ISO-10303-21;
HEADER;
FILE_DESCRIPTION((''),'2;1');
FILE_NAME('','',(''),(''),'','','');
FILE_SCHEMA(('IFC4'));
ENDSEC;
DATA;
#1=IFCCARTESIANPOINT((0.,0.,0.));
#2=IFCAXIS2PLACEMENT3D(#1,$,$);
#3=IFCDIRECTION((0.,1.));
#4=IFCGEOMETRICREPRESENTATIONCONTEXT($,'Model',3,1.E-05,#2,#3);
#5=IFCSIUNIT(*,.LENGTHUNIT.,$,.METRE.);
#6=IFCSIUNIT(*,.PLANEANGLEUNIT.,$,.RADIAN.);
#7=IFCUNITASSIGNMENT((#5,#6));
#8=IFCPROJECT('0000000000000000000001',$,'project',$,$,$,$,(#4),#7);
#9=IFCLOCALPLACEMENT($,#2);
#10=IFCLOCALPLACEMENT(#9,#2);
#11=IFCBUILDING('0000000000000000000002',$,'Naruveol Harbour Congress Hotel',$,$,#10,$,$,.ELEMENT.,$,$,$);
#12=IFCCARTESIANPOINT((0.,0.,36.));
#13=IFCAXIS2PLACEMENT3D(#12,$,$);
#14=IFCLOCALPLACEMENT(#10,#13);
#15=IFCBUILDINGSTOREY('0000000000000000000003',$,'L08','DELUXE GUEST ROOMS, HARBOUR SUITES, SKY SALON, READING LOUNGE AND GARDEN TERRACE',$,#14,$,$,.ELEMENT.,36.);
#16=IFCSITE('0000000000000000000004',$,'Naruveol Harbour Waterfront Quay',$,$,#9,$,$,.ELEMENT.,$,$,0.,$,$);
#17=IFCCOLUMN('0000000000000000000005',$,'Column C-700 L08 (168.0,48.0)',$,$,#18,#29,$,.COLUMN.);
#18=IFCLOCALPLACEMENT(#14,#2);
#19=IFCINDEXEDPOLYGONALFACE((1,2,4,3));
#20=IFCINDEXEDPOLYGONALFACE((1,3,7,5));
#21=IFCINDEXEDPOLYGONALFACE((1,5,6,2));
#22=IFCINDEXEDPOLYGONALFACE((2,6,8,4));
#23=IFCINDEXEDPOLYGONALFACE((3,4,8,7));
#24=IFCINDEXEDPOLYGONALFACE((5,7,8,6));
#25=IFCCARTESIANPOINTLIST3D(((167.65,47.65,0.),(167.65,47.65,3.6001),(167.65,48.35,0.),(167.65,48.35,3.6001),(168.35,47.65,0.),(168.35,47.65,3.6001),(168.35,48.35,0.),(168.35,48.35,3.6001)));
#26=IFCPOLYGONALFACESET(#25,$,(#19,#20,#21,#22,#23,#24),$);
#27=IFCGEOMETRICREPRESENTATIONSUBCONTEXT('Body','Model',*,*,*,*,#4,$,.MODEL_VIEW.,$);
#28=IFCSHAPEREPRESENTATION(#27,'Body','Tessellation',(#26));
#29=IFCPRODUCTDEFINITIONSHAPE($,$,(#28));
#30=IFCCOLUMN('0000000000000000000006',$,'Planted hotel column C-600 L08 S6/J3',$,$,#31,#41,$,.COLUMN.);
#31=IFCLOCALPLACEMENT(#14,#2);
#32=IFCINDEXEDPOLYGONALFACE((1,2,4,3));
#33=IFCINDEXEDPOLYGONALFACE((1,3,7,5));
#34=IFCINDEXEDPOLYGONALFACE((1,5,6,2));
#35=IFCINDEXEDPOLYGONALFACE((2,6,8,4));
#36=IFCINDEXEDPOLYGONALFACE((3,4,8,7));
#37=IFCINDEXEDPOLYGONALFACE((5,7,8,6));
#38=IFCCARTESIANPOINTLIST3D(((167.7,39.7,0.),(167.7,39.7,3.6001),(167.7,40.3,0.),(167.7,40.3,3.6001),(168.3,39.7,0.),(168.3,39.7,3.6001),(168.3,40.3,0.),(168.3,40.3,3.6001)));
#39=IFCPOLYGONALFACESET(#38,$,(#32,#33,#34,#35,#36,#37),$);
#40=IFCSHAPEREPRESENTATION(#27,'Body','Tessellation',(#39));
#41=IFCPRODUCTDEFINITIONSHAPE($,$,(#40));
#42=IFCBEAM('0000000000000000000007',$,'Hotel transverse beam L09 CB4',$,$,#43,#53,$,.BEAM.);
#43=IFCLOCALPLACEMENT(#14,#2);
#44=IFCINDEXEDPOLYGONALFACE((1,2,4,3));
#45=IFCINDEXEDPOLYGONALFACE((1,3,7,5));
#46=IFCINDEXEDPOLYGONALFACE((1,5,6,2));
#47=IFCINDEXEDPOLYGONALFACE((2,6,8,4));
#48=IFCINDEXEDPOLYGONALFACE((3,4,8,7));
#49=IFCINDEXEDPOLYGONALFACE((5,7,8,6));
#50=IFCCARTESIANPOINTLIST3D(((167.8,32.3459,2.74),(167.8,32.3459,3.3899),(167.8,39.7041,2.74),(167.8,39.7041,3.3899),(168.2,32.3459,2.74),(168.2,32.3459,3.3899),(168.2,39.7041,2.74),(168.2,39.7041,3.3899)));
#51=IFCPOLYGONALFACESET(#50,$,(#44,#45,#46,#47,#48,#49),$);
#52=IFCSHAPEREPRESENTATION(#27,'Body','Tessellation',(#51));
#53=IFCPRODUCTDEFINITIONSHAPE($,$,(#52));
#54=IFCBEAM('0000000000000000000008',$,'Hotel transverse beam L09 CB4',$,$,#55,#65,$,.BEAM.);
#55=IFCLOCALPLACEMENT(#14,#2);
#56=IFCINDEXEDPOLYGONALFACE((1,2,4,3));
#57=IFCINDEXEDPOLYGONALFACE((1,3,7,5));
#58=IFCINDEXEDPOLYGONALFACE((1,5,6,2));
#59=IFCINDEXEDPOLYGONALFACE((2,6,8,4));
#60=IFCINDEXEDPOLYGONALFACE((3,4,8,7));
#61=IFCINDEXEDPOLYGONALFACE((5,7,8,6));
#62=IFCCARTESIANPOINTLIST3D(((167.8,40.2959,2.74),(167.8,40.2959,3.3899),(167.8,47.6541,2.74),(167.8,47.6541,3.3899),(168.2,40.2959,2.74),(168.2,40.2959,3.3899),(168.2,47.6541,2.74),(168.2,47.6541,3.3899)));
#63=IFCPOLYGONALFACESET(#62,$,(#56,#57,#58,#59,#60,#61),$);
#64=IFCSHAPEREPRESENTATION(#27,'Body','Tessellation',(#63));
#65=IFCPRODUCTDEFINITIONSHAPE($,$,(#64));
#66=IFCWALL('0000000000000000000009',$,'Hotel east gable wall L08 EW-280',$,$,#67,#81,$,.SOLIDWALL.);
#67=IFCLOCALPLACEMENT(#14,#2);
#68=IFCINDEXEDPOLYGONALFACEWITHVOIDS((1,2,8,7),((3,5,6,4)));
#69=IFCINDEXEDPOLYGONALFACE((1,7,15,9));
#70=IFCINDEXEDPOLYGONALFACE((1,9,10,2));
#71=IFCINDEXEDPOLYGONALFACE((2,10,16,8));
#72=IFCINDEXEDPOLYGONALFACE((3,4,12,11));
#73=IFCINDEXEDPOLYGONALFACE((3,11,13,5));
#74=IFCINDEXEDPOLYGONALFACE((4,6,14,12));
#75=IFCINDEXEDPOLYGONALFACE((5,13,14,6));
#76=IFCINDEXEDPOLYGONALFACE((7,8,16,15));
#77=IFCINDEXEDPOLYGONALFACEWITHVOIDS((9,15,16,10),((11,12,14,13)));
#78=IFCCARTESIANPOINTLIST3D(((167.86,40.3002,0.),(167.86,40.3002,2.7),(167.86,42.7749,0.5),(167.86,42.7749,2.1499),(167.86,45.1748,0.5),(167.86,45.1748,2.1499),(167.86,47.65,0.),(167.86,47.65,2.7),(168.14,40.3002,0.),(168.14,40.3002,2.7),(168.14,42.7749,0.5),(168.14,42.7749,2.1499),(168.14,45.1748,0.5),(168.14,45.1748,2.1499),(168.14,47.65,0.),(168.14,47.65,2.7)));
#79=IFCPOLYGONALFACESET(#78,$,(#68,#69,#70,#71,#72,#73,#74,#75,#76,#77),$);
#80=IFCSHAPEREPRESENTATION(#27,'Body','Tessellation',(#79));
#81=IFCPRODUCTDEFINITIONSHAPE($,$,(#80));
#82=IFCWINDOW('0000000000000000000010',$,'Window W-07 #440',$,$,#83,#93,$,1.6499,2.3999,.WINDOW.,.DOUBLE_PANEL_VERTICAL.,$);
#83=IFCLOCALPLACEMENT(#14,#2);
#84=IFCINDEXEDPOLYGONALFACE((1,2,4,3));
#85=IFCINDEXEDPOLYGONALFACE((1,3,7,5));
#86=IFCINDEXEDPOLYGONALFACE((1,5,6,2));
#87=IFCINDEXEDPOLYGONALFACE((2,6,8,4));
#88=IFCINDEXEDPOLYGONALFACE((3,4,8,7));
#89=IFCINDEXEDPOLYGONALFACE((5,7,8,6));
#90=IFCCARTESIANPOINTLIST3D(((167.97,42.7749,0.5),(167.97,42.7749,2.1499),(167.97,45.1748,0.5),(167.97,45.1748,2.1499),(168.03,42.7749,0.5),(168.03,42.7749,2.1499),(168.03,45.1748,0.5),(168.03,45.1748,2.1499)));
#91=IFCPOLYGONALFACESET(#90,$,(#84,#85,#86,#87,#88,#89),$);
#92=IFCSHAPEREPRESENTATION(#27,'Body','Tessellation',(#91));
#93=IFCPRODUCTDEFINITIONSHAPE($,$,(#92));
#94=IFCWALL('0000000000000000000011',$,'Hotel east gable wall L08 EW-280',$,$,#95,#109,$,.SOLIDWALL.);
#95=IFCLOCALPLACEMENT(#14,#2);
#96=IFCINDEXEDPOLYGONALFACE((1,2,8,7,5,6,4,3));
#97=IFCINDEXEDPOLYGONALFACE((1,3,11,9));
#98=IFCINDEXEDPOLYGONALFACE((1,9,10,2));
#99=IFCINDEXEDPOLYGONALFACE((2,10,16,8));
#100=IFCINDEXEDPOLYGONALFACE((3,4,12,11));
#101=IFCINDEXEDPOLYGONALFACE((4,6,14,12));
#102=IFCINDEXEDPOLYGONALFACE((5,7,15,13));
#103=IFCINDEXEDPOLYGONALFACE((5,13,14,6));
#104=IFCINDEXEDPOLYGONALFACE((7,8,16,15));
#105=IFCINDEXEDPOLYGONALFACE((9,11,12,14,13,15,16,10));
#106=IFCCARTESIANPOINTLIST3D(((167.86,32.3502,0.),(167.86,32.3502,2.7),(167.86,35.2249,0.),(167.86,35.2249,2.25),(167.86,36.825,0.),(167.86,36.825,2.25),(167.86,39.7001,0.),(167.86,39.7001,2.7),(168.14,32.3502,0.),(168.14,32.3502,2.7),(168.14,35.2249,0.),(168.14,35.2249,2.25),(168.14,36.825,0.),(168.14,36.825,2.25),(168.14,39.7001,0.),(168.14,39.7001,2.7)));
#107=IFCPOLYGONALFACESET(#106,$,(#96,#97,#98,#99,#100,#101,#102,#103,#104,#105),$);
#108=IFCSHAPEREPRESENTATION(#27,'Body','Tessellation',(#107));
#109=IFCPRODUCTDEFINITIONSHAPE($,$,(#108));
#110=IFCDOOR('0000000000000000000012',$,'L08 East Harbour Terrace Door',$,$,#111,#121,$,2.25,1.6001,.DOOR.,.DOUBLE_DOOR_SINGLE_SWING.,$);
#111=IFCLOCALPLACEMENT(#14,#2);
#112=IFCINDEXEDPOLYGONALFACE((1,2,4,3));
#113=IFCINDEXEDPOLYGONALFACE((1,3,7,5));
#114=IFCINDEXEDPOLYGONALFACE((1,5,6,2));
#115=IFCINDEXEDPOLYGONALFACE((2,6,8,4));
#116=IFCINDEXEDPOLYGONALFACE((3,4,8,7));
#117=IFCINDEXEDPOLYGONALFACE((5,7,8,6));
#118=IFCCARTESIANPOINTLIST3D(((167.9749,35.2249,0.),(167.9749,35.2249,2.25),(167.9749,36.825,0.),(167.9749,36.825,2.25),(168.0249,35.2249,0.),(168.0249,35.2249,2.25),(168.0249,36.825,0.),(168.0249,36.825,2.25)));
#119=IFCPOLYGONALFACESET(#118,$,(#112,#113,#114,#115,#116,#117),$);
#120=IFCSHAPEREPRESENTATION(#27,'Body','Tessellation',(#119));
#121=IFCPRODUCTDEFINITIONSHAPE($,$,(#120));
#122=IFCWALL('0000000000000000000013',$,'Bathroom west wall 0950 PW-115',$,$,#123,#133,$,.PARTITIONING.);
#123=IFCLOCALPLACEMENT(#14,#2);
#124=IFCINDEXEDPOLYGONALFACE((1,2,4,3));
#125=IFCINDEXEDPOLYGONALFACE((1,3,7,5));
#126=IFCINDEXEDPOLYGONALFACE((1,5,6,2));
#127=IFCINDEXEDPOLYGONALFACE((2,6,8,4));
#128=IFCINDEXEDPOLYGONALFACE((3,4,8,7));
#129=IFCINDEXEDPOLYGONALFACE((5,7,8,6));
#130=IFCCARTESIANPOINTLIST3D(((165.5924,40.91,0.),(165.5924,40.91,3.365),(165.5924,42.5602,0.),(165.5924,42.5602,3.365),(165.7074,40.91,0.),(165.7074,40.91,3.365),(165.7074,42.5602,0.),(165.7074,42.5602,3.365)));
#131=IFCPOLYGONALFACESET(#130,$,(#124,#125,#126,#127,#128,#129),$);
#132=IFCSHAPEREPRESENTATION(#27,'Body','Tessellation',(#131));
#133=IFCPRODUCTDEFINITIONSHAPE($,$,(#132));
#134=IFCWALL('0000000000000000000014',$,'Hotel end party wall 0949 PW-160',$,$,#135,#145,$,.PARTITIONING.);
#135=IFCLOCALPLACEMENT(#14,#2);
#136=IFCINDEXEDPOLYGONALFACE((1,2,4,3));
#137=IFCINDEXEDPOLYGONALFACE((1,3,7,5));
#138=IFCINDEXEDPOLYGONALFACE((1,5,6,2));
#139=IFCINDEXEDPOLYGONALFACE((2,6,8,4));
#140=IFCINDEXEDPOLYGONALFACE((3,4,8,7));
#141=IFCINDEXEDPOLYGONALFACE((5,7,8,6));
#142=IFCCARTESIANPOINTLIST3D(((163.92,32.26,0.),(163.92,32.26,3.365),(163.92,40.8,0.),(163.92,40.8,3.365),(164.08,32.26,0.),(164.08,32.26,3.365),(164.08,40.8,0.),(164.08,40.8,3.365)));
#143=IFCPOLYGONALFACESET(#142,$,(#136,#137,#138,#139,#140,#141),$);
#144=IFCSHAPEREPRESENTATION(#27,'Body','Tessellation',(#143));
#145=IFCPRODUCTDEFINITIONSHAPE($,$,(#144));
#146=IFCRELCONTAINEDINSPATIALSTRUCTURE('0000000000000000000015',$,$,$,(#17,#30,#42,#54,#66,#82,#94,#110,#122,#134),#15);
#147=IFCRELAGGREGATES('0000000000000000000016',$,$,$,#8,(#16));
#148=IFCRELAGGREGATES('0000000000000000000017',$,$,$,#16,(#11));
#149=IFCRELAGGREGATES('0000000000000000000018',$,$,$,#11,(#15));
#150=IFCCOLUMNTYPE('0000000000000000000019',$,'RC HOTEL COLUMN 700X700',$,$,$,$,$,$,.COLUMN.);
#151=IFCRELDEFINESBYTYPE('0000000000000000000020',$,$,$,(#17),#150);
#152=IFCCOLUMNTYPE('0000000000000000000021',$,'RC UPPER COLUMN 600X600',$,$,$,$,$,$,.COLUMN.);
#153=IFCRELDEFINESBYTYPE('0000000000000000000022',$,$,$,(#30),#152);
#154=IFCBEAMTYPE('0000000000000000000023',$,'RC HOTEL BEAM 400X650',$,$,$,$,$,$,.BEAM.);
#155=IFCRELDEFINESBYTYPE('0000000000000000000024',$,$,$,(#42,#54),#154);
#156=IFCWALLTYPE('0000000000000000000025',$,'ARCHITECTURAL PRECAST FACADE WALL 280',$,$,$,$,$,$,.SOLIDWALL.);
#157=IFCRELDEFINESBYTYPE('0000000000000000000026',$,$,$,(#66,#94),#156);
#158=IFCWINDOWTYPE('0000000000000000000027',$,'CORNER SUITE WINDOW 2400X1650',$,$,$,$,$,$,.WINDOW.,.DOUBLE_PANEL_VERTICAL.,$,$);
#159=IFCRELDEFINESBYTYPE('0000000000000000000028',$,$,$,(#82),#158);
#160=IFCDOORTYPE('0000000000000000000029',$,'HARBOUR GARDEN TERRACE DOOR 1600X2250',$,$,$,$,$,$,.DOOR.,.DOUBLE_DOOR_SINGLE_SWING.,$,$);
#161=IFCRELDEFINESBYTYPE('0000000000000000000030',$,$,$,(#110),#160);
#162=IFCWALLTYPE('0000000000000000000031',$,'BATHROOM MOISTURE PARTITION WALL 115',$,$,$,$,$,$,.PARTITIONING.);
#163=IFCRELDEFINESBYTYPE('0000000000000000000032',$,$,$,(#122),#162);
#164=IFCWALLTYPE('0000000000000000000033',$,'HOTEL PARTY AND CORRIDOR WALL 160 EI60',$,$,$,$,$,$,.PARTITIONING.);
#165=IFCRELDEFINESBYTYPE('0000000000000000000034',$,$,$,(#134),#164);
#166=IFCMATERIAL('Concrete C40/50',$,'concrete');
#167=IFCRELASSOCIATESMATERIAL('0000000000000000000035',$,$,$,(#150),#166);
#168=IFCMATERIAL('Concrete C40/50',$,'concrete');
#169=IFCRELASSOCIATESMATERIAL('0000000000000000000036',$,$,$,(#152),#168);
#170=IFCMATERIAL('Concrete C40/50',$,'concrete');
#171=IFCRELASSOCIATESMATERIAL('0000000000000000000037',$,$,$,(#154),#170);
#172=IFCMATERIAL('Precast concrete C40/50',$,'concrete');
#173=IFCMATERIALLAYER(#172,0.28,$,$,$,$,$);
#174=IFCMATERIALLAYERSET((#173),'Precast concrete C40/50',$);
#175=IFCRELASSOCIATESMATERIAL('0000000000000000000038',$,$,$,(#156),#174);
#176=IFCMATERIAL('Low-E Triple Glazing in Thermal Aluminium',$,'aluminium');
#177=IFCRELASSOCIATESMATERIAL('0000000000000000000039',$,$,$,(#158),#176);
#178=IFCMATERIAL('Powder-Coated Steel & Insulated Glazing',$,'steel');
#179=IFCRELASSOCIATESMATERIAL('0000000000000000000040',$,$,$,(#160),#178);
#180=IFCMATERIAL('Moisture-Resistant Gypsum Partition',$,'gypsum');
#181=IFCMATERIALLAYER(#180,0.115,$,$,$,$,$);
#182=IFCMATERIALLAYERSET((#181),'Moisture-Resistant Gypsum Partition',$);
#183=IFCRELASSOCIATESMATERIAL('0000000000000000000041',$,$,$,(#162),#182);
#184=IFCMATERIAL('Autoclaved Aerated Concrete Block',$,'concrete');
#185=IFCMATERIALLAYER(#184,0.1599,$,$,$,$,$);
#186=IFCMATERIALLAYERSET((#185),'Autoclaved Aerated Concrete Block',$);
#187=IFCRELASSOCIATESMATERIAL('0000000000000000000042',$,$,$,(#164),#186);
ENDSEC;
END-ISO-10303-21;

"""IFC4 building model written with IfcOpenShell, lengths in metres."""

from ifc_helpers import new_model, si_unit, direction, frame, frame_2d, origin, origin_2d, place, context, subcontext, project, spatial, rectangle, extrude, material, layer, layer_set, material_profile, profile_set, type_object, element, fill, save


model = new_model("IFC4")

# Units and contexts
model_context = context("Model", 3, precision=1e-05, world=origin(), true_north=direction((0.0, 1.0)))
body_context = subcontext(model_context, "Body", "Model", "MODEL_VIEW")
ifc_project = project(units=[si_unit("LENGTHUNIT", "METRE"), si_unit("PLANEANGLEUNIT", "RADIAN")], contexts=[model_context])

# Site, building, storey
site_placement = place(None, origin())
site = spatial("IfcSite", under=ifc_project, at=site_placement, Name="Naruveol Harbour Waterfront Quay", CompositionType="ELEMENT", RefElevation=0.0)
building_placement = place(site_placement, origin())
building = spatial("IfcBuilding", under=site, at=building_placement, Name="Naruveol Harbour Congress Hotel", CompositionType="ELEMENT")
storey_placement = place(building_placement, frame((0.0, 0.0, 36.0)))
storey = spatial("IfcBuildingStorey", under=building, at=storey_placement, Name="L08", Description="DELUXE GUEST ROOMS, HARBOUR SUITES, SKY SALON, READING LOUNGE AND GARDEN TERRACE", CompositionType="ELEMENT", Elevation=36.0)

# Columns
ifc_material_1 = material(Name="Concrete C40/50", Category="concrete")
ifc_material_profile_1 = material_profile(ifc_material_1, rectangle(XDim=0.7, YDim=0.7, at=origin_2d()), Name="RC-700x700")
ifc_profile_set_1 = profile_set([ifc_material_profile_1], Name="Concrete C40/50")
column_type_1 = type_object("IfcColumnType", Name="RC HOTEL COLUMN 700X700", PredefinedType="COLUMN", material=ifc_profile_set_1)
column_1_placement = place(storey_placement, frame((168.0, 48.0, 0.0), z_axis=(0.0, 0.0, 1.0), x_axis=(1.0, 0.0, 0.0)))
element("IfcColumn", 1, at=column_1_placement, inside=storey, type_object=column_type_1, Name="Column C-700 L08 (168.0,48.0)", PredefinedType="COLUMN", context=body_context, shape_type="SweptSolid", body=[
    extrude(rectangle(XDim=0.7, YDim=0.7, at=origin_2d()), origin(), (0.0, 0.0, 1.0), 3.6001),
])
ifc_material_2 = material(Name="Concrete C40/50", Category="concrete")
ifc_material_profile_2 = material_profile(ifc_material_2, rectangle(XDim=0.6001, YDim=0.6001, at=origin_2d()), Name="RC-600x600")
ifc_profile_set_2 = profile_set([ifc_material_profile_2], Name="Concrete C40/50")
column_type_2 = type_object("IfcColumnType", Name="RC UPPER COLUMN 600X600", PredefinedType="COLUMN", material=ifc_profile_set_2)
column_2_placement = place(storey_placement, frame((168.0, 40.0, 0.0), z_axis=(0.0, 0.0, 1.0), x_axis=(1.0, 0.0, 0.0)))
element("IfcColumn", 2, at=column_2_placement, inside=storey, type_object=column_type_2, Name="Planted hotel column C-600 L08 S6/J3", PredefinedType="COLUMN", context=body_context, shape_type="SweptSolid", body=[
    extrude(rectangle(XDim=0.6001, YDim=0.6001, at=origin_2d()), origin(), (0.0, 0.0, 1.0), 3.6001),
])

# Beams
ifc_material_3 = material(Name="Concrete C40/50", Category="concrete")
ifc_material_profile_3 = material_profile(ifc_material_3, rectangle(XDim=0.3999, YDim=0.6499, at=origin_2d()), Name="RCB-400x650")
ifc_profile_set_3 = profile_set([ifc_material_profile_3], Name="Concrete C40/50")
beam_type = type_object("IfcBeamType", Name="RC HOTEL BEAM 400X650", PredefinedType="BEAM", material=ifc_profile_set_3)
for number, where, z_axis, x_axis, name in (
    (3, (168.0, 32.3459, 3.0649), (0.0, 1.0, 0.0), (-1.0, 0.0, 0.0), "Hotel transverse beam L09 CB4"),
    (4, (168.0, 40.2959, 3.0649), (0.0, 1.0, 0.0), (-1.0, 0.0, 0.0), "Hotel transverse beam L09 CB4"),
):
    element("IfcBeam", number, at=place(storey_placement, frame(where, z_axis=z_axis, x_axis=x_axis)), inside=storey, type_object=beam_type, Name=name, PredefinedType="BEAM", context=body_context, shape_type="SweptSolid", body=[
        extrude(rectangle(XDim=0.3999, YDim=0.6499, at=origin_2d()), origin(), (0.0, 0.0, 1.0), 7.3582),
    ])

# Wall, opening, window
ifc_material_4 = material(Name="Precast concrete C40/50", Category="concrete")
ifc_layer_1 = layer(ifc_material_4, 0.28)
ifc_layer_set_1 = layer_set([ifc_layer_1], Name="Precast concrete C40/50")
wall_type_1 = type_object("IfcWallType", Name="ARCHITECTURAL PRECAST FACADE WALL 280", PredefinedType="SOLIDWALL", material=ifc_layer_set_1)
wall_1_placement = place(storey_placement, frame((168.0, 47.6499, 0.0), z_axis=(0.0, 0.0, 1.0), x_axis=(0.0, -1.0, 0.0)))
wall_1 = element("IfcWall", 5, at=wall_1_placement, inside=storey, type_object=wall_type_1, Name="Hotel east gable wall L08 EW-280", PredefinedType="SOLIDWALL", context=body_context, shape_type="SweptSolid", body=[
    extrude(rectangle(XDim=7.3499, YDim=0.28, at=frame_2d((3.6748, 0.0))), origin(), (0.0, 0.0, 1.0), 2.7),
])
opening_1_placement = place(wall_1_placement, frame((2.4751, 0.0, 0.5)))
opening_1 = element("IfcOpeningElement", 6, at=opening_1_placement, cuts=wall_1, PredefinedType="OPENING", context=body_context, shape_type="SweptSolid", body=[
    extrude(rectangle(XDim=2.3999, YDim=1.6499, at=frame_2d((1.2, 0.825))), frame((0.0, 0.1499, 0.0), z_axis=(0.0, -1.0, 0.0), x_axis=(1.0, 0.0, 0.0)), (0.0, 0.0, 1.0), 0.3),
])
ifc_material_5 = material(Name="Low-E Triple Glazing in Thermal Aluminium", Category="aluminium")
window_type = type_object("IfcWindowType", Name="CORNER SUITE WINDOW 2400X1650", PartitioningType="DOUBLE_PANEL_VERTICAL", PredefinedType="WINDOW", material=ifc_material_5)
window_placement = place(opening_1_placement, origin())
window = element("IfcWindow", 7, at=window_placement, inside=storey, type_object=window_type, Name="Window W-07 #440", OverallHeight=1.6499, OverallWidth=2.3999, PartitioningType="DOUBLE_PANEL_VERTICAL", PredefinedType="WINDOW", context=body_context, shape_type="SweptSolid", body=[
    extrude(rectangle(XDim=2.3999, YDim=1.6499, at=frame_2d((1.2, 0.825))), frame((0.0, 0.03, 0.0), z_axis=(0.0, -1.0, 0.0), x_axis=(1.0, 0.0, 0.0)), (0.0, 0.0, 1.0), 0.0601),
])
fill(opening_1, window)

# Wall, opening, door
wall_2_placement = place(storey_placement, frame((168.0, 39.7, 0.0), z_axis=(0.0, 0.0, 1.0), x_axis=(0.0, -1.0, 0.0)))
wall_2 = element("IfcWall", 8, at=wall_2_placement, inside=storey, type_object=wall_type_1, Name="Hotel east gable wall L08 EW-280", PredefinedType="SOLIDWALL", context=body_context, shape_type="SweptSolid", body=[
    extrude(rectangle(XDim=7.3499, YDim=0.28, at=frame_2d((3.6748, 0.0))), origin(), (0.0, 0.0, 1.0), 2.7),
])
opening_2_placement = place(wall_2_placement, frame((2.875, 0.0, 0.0)))
opening_2 = element("IfcOpeningElement", 9, at=opening_2_placement, cuts=wall_2, PredefinedType="OPENING", context=body_context, shape_type="SweptSolid", body=[
    extrude(rectangle(XDim=1.6001, YDim=2.25, at=frame_2d((0.8, 1.125))), frame((0.0, 0.1499, 0.0), z_axis=(0.0, -1.0, 0.0), x_axis=(1.0, 0.0, 0.0)), (0.0, 0.0, 1.0), 0.3),
])
ifc_material_6 = material(Name="Powder-Coated Steel & Insulated Glazing", Category="steel")
door_type_1 = type_object("IfcDoorType", Name="HARBOUR GARDEN TERRACE DOOR 1600X2250", OperationType="DOUBLE_DOOR_SINGLE_SWING", PredefinedType="DOOR", material=ifc_material_6)
door_1_placement = place(opening_2_placement, origin())
door_1 = element("IfcDoor", 10, at=door_1_placement, inside=storey, type_object=door_type_1, Name="L08 East Harbour Terrace Door", OperationType="DOUBLE_DOOR_SINGLE_SWING", OverallHeight=2.25, OverallWidth=1.6001, PredefinedType="DOOR", context=body_context, shape_type="SweptSolid", body=[
    extrude(rectangle(XDim=1.6001, YDim=2.25, at=frame_2d((0.8, 1.125))), frame((0.0, 0.0249, 0.0), z_axis=(0.0, -1.0, 0.0), x_axis=(1.0, 0.0, 0.0)), (0.0, 0.0, 1.0), 0.05),
])
fill(opening_2, door_1)

# Wall
ifc_material_7 = material(Name="Moisture-Resistant Gypsum Partition", Category="gypsum")
ifc_layer_2 = layer(ifc_material_7, 0.115)
ifc_layer_set_2 = layer_set([ifc_layer_2], Name="Moisture-Resistant Gypsum Partition")
wall_type_2 = type_object("IfcWallType", Name="BATHROOM MOISTURE PARTITION WALL 115", PredefinedType="PARTITIONING", material=ifc_layer_set_2)
wall_3_placement = place(storey_placement, frame((165.6499, 40.9099, 0.0), z_axis=(0.0, 0.0, 1.0), x_axis=(0.0, 1.0, 0.0)))
element("IfcWall", 11, at=wall_3_placement, inside=storey, type_object=wall_type_2, Name="Bathroom west wall 0950 PW-115", PredefinedType="PARTITIONING", context=body_context, shape_type="SweptSolid", body=[
    extrude(rectangle(XDim=1.6501, YDim=0.115, at=frame_2d((0.8252, 0.0))), origin(), (0.0, 0.0, 1.0), 3.365),
])

# Wall
ifc_material_8 = material(Name="Autoclaved Aerated Concrete Block", Category="concrete")
ifc_layer_3 = layer(ifc_material_8, 0.1599)
ifc_layer_set_3 = layer_set([ifc_layer_3], Name="Autoclaved Aerated Concrete Block")
wall_type_3 = type_object("IfcWallType", Name="HOTEL PARTY AND CORRIDOR WALL 160 EI60", PredefinedType="PARTITIONING", material=ifc_layer_set_3)
wall_4_placement = place(storey_placement, frame((164.0, 32.26, 0.0), z_axis=(0.0, 0.0, 1.0), x_axis=(0.0, 1.0, 0.0)))
element("IfcWall", 12, at=wall_4_placement, inside=storey, type_object=wall_type_3, Name="Hotel end party wall 0949 PW-160", PredefinedType="PARTITIONING", context=body_context, shape_type="SweptSolid", body=[
    extrude(rectangle(XDim=8.54, YDim=0.1599, at=frame_2d((4.27, 0.0))), origin(), (0.0, 0.0, 1.0), 3.365),
])

save(model, "model.ifc")
